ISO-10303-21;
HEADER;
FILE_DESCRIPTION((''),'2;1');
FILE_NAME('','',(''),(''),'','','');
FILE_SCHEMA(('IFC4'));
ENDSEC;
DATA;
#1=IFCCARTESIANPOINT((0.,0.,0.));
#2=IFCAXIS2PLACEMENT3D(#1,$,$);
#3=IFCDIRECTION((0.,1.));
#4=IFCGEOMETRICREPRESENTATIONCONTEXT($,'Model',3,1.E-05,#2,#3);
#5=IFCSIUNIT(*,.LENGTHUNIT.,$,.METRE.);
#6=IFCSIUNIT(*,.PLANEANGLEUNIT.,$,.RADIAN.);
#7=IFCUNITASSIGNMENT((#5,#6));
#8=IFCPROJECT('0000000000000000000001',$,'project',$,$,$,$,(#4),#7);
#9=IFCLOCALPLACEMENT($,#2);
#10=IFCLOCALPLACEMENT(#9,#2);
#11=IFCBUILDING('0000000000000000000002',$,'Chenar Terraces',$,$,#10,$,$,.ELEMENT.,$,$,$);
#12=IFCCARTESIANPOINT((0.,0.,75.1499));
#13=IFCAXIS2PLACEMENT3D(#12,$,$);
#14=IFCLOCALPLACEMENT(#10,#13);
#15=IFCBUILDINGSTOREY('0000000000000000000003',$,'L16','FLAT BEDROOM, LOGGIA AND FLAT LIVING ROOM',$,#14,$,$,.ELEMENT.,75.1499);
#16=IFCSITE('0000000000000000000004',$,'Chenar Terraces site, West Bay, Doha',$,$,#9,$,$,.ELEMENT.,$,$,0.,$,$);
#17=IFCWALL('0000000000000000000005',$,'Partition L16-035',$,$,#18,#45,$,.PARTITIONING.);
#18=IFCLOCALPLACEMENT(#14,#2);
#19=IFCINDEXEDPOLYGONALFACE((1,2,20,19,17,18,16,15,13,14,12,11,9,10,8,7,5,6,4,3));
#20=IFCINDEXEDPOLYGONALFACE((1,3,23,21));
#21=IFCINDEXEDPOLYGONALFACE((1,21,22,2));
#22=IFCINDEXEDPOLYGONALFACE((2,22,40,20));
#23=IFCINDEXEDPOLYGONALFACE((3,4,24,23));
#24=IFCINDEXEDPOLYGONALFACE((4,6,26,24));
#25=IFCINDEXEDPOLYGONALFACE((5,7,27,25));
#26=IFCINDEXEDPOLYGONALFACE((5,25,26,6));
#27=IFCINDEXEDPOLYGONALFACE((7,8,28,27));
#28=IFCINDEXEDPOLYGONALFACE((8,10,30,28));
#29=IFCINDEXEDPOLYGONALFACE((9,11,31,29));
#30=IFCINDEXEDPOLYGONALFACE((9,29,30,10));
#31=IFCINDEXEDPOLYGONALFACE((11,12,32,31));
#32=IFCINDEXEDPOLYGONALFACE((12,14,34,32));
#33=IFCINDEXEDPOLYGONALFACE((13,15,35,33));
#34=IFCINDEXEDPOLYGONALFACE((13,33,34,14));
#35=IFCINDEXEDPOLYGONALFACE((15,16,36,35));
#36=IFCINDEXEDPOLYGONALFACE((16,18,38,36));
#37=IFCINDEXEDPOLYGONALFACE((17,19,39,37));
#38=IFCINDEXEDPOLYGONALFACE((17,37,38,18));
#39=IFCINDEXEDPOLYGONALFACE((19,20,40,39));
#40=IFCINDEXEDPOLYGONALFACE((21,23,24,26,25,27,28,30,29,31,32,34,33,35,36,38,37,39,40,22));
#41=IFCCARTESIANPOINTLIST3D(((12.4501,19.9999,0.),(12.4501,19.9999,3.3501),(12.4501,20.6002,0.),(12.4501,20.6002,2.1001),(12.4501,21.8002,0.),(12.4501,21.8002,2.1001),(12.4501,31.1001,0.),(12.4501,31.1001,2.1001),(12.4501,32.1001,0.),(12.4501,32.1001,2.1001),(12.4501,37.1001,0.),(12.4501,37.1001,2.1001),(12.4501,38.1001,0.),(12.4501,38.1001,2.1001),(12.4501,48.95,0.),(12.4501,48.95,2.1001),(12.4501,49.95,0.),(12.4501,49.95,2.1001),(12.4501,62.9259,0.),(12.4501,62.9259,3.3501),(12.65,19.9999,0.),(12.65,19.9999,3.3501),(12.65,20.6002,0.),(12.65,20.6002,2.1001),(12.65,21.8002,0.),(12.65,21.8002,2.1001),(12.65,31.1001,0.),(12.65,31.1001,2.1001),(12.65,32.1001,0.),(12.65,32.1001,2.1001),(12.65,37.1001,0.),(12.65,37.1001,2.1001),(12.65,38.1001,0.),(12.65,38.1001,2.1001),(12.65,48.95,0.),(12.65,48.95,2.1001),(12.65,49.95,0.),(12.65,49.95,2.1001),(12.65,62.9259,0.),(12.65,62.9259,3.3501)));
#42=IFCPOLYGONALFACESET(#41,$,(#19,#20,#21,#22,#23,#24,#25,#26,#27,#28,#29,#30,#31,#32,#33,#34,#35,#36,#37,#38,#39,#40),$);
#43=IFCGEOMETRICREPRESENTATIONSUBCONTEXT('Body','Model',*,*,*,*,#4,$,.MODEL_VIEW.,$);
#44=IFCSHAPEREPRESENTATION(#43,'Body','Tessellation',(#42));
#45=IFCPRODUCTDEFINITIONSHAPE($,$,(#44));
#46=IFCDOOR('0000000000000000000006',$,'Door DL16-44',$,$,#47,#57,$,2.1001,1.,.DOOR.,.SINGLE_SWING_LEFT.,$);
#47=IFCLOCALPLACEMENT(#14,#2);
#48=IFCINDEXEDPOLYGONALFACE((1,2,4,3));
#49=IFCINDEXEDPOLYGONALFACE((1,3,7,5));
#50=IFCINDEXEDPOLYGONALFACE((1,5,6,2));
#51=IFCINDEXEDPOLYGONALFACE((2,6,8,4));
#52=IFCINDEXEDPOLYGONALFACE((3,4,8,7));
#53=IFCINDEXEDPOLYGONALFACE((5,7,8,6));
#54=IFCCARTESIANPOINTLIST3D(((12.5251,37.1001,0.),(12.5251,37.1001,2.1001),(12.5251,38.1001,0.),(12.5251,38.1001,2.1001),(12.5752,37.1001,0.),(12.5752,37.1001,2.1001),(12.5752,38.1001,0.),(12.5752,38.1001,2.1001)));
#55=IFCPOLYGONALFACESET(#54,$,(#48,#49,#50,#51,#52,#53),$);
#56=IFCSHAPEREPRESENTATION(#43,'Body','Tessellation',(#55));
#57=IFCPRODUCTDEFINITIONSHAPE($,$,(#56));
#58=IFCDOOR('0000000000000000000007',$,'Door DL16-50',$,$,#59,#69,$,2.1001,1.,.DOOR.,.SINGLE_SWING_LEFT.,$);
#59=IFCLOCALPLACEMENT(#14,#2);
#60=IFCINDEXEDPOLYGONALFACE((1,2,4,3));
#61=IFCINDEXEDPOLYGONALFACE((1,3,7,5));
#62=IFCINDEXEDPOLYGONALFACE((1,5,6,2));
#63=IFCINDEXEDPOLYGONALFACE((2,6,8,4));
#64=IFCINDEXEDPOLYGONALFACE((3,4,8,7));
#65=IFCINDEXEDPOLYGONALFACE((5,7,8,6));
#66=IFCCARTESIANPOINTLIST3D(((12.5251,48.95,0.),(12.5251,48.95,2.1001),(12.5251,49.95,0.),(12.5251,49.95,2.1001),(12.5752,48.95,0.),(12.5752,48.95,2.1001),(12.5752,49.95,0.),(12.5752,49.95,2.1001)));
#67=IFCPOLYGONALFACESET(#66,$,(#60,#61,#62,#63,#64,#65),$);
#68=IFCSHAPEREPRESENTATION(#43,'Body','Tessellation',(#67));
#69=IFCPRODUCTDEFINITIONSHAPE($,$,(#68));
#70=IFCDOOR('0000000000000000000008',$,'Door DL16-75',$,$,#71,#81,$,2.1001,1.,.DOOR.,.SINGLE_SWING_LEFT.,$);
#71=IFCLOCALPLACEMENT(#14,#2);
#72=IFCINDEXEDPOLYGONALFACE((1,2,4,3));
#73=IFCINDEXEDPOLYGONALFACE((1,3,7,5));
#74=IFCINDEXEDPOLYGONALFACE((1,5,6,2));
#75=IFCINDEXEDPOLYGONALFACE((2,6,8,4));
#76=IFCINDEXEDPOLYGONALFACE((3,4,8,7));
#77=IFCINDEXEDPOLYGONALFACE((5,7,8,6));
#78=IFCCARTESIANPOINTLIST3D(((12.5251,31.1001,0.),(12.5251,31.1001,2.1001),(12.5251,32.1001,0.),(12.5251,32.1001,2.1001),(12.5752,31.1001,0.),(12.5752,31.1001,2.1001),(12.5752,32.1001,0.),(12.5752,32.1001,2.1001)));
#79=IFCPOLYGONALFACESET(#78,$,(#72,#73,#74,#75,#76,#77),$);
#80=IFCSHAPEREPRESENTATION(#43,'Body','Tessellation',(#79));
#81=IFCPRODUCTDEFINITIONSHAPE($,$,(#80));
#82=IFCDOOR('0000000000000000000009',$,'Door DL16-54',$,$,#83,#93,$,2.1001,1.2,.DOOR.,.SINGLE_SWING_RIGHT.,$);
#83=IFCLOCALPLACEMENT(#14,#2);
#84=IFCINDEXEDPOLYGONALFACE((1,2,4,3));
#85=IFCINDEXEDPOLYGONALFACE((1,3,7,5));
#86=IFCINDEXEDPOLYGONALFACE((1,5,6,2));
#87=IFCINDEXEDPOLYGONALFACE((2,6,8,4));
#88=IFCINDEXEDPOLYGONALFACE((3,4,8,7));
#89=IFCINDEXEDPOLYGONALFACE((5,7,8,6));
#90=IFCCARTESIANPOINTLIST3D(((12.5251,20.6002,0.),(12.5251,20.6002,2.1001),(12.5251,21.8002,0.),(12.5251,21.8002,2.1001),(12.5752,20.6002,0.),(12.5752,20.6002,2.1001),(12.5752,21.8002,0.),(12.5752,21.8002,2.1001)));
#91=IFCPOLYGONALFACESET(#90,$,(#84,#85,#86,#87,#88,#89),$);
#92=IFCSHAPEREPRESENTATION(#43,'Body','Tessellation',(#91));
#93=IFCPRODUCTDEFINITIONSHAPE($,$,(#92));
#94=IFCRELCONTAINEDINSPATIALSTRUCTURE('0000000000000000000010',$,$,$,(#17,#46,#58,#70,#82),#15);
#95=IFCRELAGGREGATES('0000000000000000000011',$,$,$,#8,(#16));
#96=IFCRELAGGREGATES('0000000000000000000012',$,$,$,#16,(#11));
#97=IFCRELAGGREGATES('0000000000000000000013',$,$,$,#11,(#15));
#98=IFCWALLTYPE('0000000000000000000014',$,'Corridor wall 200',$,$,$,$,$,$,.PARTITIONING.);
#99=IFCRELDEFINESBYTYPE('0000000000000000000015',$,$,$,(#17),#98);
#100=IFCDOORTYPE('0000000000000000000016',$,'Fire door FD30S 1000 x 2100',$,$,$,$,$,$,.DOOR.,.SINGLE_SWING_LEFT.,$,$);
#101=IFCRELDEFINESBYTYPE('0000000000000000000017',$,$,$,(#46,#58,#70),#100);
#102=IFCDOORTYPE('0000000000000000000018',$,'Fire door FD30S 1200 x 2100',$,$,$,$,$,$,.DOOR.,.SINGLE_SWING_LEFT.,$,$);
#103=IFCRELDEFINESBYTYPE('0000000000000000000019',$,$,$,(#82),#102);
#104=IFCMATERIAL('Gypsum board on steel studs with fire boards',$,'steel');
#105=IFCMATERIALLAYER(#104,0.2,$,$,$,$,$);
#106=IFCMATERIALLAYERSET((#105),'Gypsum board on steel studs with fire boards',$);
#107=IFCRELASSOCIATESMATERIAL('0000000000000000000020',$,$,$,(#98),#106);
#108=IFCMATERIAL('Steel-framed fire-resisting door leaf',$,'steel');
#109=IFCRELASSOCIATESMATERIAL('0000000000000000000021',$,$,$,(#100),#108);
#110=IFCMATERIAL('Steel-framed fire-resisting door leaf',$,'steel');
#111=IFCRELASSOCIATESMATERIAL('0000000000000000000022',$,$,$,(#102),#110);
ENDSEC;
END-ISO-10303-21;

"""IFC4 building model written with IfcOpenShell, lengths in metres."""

from ifc_helpers import new_model, si_unit, direction, frame, frame_2d, origin, place, context, subcontext, project, spatial, rectangle, extrude, material, layer, layer_set, type_object, element, fill, save


model = new_model("IFC4")

# Units and contexts
model_context = context("Model", 3, precision=1e-05, world=origin(), true_north=direction((0.0, 1.0)))
body_context = subcontext(model_context, "Body", "Model", "MODEL_VIEW")
ifc_project = project(units=[si_unit("LENGTHUNIT", "METRE"), si_unit("PLANEANGLEUNIT", "RADIAN")], contexts=[model_context])

# Site, building, storey
site_placement = place(None, origin())
site = spatial("IfcSite", under=ifc_project, at=site_placement, Name="Chenar Terraces site, West Bay, Doha", CompositionType="ELEMENT", RefElevation=0.0)
building_placement = place(site_placement, origin())
building = spatial("IfcBuilding", under=site, at=building_placement, Name="Chenar Terraces", CompositionType="ELEMENT")
storey_placement = place(building_placement, frame((0.0, 0.0, 75.1499)))
storey = spatial("IfcBuildingStorey", under=building, at=storey_placement, Name="L16", Description="FLAT BEDROOM, LOGGIA AND FLAT LIVING ROOM", CompositionType="ELEMENT", Elevation=75.1499)

# Wall, openings, doors
ifc_material_1 = material(Name="Gypsum board on steel studs with fire boards", Category="steel")
ifc_layer_1 = layer(ifc_material_1, 0.2)
ifc_layer_set_1 = layer_set([ifc_layer_1], Name="Gypsum board on steel studs with fire boards")
wall_type_1 = type_object("IfcWallType", Name="Corridor wall 200", PredefinedType="PARTITIONING", material=ifc_layer_set_1)
wall_1_placement = place(storey_placement, frame((12.55, 20.0, 0.0), z_axis=(0.0, 0.0, 1.0), x_axis=(0.0, 1.0, 0.0)))
wall_1 = element("IfcWall", 1, at=wall_1_placement, inside=storey, type_object=wall_type_1, Name="Partition L16-035", PredefinedType="PARTITIONING", context=body_context, shape_type="SweptSolid", body=[
    extrude(rectangle(XDim=42.926, YDim=0.2, at=frame_2d((21.4629, 0.0))), origin(), (0.0, 0.0, 1.0), 3.3501),
])
opening_1_placement = place(wall_1_placement, frame((17.1001, 0.0, 0.0)))
opening_1 = element("IfcOpeningElement", 2, at=opening_1_placement, cuts=wall_1, PredefinedType="OPENING", context=body_context, shape_type="SweptSolid", body=[
    extrude(rectangle(XDim=1.0, YDim=2.1001, at=frame_2d((0.5, 1.05))), frame((0.0, 0.1099, 0.0), z_axis=(0.0, -1.0, 0.0), x_axis=(1.0, 0.0, 0.0)), (0.0, 0.0, 1.0), 0.22),
])
opening_2_placement = place(wall_1_placement, frame((28.95, 0.0, 0.0)))
opening_2 = element("IfcOpeningElement", 3, at=opening_2_placement, cuts=wall_1, PredefinedType="OPENING", context=body_context, shape_type="SweptSolid", body=[
    extrude(rectangle(XDim=1.0, YDim=2.1001, at=frame_2d((0.5, 1.05))), frame((0.0, 0.1099, 0.0), z_axis=(0.0, -1.0, 0.0), x_axis=(1.0, 0.0, 0.0)), (0.0, 0.0, 1.0), 0.22),
])
opening_3_placement = place(wall_1_placement, frame((0.6001, 0.0, 0.0)))
opening_3 = element("IfcOpeningElement", 4, at=opening_3_placement, cuts=wall_1, PredefinedType="OPENING", context=body_context, shape_type="SweptSolid", body=[
    extrude(rectangle(XDim=1.2, YDim=2.1001, at=frame_2d((0.6001, 1.05))), frame((0.0, 0.1099, 0.0), z_axis=(0.0, -1.0, 0.0), x_axis=(1.0, 0.0, 0.0)), (0.0, 0.0, 1.0), 0.22),
])
opening_4_placement = place(wall_1_placement, frame((11.1001, 0.0, 0.0)))
opening_4 = element("IfcOpeningElement", 5, at=opening_4_placement, cuts=wall_1, PredefinedType="OPENING", context=body_context, shape_type="SweptSolid", body=[
    extrude(rectangle(XDim=1.0, YDim=2.1001, at=frame_2d((0.5, 1.05))), frame((0.0, 0.1099, 0.0), z_axis=(0.0, -1.0, 0.0), x_axis=(1.0, 0.0, 0.0)), (0.0, 0.0, 1.0), 0.22),
])
ifc_material_2 = material(Name="Steel-framed fire-resisting door leaf", Category="steel")
door_type_1 = type_object("IfcDoorType", Name="Fire door FD30S 1000 x 2100", OperationType="SINGLE_SWING_LEFT", PredefinedType="DOOR", material=ifc_material_2)
door_1_placement = place(opening_1_placement, origin())
door_1 = element("IfcDoor", 6, at=door_1_placement, inside=storey, type_object=door_type_1, Name="Door DL16-44", OperationType="SINGLE_SWING_LEFT", OverallHeight=2.1001, OverallWidth=1.0, PredefinedType="DOOR", context=body_context, shape_type="SweptSolid", body=[
    extrude(rectangle(XDim=1.0, YDim=2.1001, at=frame_2d((0.5, 1.05))), frame((0.0, 0.0249, 0.0), z_axis=(0.0, -1.0, 0.0), x_axis=(1.0, 0.0, 0.0)), (0.0, 0.0, 1.0), 0.05),
])
fill(opening_1, door_1)
door_2_placement = place(opening_2_placement, origin())
door_2 = element("IfcDoor", 7, at=door_2_placement, inside=storey, type_object=door_type_1, Name="Door DL16-50", OperationType="SINGLE_SWING_LEFT", OverallHeight=2.1001, OverallWidth=1.0, PredefinedType="DOOR", context=body_context, shape_type="SweptSolid", body=[
    extrude(rectangle(XDim=1.0, YDim=2.1001, at=frame_2d((0.5, 1.05))), frame((0.0, 0.0249, 0.0), z_axis=(0.0, -1.0, 0.0), x_axis=(1.0, 0.0, 0.0)), (0.0, 0.0, 1.0), 0.05),
])
fill(opening_2, door_2)
door_3_placement = place(opening_4_placement, origin())
door_3 = element("IfcDoor", 8, at=door_3_placement, inside=storey, type_object=door_type_1, Name="Door DL16-75", OperationType="SINGLE_SWING_LEFT", OverallHeight=2.1001, OverallWidth=1.0, PredefinedType="DOOR", context=body_context, shape_type="SweptSolid", body=[
    extrude(rectangle(XDim=1.0, YDim=2.1001, at=frame_2d((0.5, 1.05))), frame((0.0, 0.0249, 0.0), z_axis=(0.0, -1.0, 0.0), x_axis=(1.0, 0.0, 0.0)), (0.0, 0.0, 1.0), 0.05),
])
fill(opening_4, door_3)
ifc_material_3 = material(Name="Steel-framed fire-resisting door leaf", Category="steel")
door_type_2 = type_object("IfcDoorType", Name="Fire door FD30S 1200 x 2100", OperationType="SINGLE_SWING_LEFT", PredefinedType="DOOR", material=ifc_material_3)
door_4_placement = place(opening_3_placement, origin())
door_4 = element("IfcDoor", 9, at=door_4_placement, inside=storey, type_object=door_type_2, Name="Door DL16-54", OperationType="SINGLE_SWING_RIGHT", OverallHeight=2.1001, OverallWidth=1.2, PredefinedType="DOOR", context=body_context, shape_type="SweptSolid", body=[
    extrude(rectangle(XDim=1.2, YDim=2.1001, at=frame_2d((0.6001, 1.05))), frame((0.0, 0.0249, 0.0), z_axis=(0.0, -1.0, 0.0), x_axis=(1.0, 0.0, 0.0)), (0.0, 0.0, 1.0), 0.05),
])
fill(opening_3, door_4)

save(model, "model.ifc")
